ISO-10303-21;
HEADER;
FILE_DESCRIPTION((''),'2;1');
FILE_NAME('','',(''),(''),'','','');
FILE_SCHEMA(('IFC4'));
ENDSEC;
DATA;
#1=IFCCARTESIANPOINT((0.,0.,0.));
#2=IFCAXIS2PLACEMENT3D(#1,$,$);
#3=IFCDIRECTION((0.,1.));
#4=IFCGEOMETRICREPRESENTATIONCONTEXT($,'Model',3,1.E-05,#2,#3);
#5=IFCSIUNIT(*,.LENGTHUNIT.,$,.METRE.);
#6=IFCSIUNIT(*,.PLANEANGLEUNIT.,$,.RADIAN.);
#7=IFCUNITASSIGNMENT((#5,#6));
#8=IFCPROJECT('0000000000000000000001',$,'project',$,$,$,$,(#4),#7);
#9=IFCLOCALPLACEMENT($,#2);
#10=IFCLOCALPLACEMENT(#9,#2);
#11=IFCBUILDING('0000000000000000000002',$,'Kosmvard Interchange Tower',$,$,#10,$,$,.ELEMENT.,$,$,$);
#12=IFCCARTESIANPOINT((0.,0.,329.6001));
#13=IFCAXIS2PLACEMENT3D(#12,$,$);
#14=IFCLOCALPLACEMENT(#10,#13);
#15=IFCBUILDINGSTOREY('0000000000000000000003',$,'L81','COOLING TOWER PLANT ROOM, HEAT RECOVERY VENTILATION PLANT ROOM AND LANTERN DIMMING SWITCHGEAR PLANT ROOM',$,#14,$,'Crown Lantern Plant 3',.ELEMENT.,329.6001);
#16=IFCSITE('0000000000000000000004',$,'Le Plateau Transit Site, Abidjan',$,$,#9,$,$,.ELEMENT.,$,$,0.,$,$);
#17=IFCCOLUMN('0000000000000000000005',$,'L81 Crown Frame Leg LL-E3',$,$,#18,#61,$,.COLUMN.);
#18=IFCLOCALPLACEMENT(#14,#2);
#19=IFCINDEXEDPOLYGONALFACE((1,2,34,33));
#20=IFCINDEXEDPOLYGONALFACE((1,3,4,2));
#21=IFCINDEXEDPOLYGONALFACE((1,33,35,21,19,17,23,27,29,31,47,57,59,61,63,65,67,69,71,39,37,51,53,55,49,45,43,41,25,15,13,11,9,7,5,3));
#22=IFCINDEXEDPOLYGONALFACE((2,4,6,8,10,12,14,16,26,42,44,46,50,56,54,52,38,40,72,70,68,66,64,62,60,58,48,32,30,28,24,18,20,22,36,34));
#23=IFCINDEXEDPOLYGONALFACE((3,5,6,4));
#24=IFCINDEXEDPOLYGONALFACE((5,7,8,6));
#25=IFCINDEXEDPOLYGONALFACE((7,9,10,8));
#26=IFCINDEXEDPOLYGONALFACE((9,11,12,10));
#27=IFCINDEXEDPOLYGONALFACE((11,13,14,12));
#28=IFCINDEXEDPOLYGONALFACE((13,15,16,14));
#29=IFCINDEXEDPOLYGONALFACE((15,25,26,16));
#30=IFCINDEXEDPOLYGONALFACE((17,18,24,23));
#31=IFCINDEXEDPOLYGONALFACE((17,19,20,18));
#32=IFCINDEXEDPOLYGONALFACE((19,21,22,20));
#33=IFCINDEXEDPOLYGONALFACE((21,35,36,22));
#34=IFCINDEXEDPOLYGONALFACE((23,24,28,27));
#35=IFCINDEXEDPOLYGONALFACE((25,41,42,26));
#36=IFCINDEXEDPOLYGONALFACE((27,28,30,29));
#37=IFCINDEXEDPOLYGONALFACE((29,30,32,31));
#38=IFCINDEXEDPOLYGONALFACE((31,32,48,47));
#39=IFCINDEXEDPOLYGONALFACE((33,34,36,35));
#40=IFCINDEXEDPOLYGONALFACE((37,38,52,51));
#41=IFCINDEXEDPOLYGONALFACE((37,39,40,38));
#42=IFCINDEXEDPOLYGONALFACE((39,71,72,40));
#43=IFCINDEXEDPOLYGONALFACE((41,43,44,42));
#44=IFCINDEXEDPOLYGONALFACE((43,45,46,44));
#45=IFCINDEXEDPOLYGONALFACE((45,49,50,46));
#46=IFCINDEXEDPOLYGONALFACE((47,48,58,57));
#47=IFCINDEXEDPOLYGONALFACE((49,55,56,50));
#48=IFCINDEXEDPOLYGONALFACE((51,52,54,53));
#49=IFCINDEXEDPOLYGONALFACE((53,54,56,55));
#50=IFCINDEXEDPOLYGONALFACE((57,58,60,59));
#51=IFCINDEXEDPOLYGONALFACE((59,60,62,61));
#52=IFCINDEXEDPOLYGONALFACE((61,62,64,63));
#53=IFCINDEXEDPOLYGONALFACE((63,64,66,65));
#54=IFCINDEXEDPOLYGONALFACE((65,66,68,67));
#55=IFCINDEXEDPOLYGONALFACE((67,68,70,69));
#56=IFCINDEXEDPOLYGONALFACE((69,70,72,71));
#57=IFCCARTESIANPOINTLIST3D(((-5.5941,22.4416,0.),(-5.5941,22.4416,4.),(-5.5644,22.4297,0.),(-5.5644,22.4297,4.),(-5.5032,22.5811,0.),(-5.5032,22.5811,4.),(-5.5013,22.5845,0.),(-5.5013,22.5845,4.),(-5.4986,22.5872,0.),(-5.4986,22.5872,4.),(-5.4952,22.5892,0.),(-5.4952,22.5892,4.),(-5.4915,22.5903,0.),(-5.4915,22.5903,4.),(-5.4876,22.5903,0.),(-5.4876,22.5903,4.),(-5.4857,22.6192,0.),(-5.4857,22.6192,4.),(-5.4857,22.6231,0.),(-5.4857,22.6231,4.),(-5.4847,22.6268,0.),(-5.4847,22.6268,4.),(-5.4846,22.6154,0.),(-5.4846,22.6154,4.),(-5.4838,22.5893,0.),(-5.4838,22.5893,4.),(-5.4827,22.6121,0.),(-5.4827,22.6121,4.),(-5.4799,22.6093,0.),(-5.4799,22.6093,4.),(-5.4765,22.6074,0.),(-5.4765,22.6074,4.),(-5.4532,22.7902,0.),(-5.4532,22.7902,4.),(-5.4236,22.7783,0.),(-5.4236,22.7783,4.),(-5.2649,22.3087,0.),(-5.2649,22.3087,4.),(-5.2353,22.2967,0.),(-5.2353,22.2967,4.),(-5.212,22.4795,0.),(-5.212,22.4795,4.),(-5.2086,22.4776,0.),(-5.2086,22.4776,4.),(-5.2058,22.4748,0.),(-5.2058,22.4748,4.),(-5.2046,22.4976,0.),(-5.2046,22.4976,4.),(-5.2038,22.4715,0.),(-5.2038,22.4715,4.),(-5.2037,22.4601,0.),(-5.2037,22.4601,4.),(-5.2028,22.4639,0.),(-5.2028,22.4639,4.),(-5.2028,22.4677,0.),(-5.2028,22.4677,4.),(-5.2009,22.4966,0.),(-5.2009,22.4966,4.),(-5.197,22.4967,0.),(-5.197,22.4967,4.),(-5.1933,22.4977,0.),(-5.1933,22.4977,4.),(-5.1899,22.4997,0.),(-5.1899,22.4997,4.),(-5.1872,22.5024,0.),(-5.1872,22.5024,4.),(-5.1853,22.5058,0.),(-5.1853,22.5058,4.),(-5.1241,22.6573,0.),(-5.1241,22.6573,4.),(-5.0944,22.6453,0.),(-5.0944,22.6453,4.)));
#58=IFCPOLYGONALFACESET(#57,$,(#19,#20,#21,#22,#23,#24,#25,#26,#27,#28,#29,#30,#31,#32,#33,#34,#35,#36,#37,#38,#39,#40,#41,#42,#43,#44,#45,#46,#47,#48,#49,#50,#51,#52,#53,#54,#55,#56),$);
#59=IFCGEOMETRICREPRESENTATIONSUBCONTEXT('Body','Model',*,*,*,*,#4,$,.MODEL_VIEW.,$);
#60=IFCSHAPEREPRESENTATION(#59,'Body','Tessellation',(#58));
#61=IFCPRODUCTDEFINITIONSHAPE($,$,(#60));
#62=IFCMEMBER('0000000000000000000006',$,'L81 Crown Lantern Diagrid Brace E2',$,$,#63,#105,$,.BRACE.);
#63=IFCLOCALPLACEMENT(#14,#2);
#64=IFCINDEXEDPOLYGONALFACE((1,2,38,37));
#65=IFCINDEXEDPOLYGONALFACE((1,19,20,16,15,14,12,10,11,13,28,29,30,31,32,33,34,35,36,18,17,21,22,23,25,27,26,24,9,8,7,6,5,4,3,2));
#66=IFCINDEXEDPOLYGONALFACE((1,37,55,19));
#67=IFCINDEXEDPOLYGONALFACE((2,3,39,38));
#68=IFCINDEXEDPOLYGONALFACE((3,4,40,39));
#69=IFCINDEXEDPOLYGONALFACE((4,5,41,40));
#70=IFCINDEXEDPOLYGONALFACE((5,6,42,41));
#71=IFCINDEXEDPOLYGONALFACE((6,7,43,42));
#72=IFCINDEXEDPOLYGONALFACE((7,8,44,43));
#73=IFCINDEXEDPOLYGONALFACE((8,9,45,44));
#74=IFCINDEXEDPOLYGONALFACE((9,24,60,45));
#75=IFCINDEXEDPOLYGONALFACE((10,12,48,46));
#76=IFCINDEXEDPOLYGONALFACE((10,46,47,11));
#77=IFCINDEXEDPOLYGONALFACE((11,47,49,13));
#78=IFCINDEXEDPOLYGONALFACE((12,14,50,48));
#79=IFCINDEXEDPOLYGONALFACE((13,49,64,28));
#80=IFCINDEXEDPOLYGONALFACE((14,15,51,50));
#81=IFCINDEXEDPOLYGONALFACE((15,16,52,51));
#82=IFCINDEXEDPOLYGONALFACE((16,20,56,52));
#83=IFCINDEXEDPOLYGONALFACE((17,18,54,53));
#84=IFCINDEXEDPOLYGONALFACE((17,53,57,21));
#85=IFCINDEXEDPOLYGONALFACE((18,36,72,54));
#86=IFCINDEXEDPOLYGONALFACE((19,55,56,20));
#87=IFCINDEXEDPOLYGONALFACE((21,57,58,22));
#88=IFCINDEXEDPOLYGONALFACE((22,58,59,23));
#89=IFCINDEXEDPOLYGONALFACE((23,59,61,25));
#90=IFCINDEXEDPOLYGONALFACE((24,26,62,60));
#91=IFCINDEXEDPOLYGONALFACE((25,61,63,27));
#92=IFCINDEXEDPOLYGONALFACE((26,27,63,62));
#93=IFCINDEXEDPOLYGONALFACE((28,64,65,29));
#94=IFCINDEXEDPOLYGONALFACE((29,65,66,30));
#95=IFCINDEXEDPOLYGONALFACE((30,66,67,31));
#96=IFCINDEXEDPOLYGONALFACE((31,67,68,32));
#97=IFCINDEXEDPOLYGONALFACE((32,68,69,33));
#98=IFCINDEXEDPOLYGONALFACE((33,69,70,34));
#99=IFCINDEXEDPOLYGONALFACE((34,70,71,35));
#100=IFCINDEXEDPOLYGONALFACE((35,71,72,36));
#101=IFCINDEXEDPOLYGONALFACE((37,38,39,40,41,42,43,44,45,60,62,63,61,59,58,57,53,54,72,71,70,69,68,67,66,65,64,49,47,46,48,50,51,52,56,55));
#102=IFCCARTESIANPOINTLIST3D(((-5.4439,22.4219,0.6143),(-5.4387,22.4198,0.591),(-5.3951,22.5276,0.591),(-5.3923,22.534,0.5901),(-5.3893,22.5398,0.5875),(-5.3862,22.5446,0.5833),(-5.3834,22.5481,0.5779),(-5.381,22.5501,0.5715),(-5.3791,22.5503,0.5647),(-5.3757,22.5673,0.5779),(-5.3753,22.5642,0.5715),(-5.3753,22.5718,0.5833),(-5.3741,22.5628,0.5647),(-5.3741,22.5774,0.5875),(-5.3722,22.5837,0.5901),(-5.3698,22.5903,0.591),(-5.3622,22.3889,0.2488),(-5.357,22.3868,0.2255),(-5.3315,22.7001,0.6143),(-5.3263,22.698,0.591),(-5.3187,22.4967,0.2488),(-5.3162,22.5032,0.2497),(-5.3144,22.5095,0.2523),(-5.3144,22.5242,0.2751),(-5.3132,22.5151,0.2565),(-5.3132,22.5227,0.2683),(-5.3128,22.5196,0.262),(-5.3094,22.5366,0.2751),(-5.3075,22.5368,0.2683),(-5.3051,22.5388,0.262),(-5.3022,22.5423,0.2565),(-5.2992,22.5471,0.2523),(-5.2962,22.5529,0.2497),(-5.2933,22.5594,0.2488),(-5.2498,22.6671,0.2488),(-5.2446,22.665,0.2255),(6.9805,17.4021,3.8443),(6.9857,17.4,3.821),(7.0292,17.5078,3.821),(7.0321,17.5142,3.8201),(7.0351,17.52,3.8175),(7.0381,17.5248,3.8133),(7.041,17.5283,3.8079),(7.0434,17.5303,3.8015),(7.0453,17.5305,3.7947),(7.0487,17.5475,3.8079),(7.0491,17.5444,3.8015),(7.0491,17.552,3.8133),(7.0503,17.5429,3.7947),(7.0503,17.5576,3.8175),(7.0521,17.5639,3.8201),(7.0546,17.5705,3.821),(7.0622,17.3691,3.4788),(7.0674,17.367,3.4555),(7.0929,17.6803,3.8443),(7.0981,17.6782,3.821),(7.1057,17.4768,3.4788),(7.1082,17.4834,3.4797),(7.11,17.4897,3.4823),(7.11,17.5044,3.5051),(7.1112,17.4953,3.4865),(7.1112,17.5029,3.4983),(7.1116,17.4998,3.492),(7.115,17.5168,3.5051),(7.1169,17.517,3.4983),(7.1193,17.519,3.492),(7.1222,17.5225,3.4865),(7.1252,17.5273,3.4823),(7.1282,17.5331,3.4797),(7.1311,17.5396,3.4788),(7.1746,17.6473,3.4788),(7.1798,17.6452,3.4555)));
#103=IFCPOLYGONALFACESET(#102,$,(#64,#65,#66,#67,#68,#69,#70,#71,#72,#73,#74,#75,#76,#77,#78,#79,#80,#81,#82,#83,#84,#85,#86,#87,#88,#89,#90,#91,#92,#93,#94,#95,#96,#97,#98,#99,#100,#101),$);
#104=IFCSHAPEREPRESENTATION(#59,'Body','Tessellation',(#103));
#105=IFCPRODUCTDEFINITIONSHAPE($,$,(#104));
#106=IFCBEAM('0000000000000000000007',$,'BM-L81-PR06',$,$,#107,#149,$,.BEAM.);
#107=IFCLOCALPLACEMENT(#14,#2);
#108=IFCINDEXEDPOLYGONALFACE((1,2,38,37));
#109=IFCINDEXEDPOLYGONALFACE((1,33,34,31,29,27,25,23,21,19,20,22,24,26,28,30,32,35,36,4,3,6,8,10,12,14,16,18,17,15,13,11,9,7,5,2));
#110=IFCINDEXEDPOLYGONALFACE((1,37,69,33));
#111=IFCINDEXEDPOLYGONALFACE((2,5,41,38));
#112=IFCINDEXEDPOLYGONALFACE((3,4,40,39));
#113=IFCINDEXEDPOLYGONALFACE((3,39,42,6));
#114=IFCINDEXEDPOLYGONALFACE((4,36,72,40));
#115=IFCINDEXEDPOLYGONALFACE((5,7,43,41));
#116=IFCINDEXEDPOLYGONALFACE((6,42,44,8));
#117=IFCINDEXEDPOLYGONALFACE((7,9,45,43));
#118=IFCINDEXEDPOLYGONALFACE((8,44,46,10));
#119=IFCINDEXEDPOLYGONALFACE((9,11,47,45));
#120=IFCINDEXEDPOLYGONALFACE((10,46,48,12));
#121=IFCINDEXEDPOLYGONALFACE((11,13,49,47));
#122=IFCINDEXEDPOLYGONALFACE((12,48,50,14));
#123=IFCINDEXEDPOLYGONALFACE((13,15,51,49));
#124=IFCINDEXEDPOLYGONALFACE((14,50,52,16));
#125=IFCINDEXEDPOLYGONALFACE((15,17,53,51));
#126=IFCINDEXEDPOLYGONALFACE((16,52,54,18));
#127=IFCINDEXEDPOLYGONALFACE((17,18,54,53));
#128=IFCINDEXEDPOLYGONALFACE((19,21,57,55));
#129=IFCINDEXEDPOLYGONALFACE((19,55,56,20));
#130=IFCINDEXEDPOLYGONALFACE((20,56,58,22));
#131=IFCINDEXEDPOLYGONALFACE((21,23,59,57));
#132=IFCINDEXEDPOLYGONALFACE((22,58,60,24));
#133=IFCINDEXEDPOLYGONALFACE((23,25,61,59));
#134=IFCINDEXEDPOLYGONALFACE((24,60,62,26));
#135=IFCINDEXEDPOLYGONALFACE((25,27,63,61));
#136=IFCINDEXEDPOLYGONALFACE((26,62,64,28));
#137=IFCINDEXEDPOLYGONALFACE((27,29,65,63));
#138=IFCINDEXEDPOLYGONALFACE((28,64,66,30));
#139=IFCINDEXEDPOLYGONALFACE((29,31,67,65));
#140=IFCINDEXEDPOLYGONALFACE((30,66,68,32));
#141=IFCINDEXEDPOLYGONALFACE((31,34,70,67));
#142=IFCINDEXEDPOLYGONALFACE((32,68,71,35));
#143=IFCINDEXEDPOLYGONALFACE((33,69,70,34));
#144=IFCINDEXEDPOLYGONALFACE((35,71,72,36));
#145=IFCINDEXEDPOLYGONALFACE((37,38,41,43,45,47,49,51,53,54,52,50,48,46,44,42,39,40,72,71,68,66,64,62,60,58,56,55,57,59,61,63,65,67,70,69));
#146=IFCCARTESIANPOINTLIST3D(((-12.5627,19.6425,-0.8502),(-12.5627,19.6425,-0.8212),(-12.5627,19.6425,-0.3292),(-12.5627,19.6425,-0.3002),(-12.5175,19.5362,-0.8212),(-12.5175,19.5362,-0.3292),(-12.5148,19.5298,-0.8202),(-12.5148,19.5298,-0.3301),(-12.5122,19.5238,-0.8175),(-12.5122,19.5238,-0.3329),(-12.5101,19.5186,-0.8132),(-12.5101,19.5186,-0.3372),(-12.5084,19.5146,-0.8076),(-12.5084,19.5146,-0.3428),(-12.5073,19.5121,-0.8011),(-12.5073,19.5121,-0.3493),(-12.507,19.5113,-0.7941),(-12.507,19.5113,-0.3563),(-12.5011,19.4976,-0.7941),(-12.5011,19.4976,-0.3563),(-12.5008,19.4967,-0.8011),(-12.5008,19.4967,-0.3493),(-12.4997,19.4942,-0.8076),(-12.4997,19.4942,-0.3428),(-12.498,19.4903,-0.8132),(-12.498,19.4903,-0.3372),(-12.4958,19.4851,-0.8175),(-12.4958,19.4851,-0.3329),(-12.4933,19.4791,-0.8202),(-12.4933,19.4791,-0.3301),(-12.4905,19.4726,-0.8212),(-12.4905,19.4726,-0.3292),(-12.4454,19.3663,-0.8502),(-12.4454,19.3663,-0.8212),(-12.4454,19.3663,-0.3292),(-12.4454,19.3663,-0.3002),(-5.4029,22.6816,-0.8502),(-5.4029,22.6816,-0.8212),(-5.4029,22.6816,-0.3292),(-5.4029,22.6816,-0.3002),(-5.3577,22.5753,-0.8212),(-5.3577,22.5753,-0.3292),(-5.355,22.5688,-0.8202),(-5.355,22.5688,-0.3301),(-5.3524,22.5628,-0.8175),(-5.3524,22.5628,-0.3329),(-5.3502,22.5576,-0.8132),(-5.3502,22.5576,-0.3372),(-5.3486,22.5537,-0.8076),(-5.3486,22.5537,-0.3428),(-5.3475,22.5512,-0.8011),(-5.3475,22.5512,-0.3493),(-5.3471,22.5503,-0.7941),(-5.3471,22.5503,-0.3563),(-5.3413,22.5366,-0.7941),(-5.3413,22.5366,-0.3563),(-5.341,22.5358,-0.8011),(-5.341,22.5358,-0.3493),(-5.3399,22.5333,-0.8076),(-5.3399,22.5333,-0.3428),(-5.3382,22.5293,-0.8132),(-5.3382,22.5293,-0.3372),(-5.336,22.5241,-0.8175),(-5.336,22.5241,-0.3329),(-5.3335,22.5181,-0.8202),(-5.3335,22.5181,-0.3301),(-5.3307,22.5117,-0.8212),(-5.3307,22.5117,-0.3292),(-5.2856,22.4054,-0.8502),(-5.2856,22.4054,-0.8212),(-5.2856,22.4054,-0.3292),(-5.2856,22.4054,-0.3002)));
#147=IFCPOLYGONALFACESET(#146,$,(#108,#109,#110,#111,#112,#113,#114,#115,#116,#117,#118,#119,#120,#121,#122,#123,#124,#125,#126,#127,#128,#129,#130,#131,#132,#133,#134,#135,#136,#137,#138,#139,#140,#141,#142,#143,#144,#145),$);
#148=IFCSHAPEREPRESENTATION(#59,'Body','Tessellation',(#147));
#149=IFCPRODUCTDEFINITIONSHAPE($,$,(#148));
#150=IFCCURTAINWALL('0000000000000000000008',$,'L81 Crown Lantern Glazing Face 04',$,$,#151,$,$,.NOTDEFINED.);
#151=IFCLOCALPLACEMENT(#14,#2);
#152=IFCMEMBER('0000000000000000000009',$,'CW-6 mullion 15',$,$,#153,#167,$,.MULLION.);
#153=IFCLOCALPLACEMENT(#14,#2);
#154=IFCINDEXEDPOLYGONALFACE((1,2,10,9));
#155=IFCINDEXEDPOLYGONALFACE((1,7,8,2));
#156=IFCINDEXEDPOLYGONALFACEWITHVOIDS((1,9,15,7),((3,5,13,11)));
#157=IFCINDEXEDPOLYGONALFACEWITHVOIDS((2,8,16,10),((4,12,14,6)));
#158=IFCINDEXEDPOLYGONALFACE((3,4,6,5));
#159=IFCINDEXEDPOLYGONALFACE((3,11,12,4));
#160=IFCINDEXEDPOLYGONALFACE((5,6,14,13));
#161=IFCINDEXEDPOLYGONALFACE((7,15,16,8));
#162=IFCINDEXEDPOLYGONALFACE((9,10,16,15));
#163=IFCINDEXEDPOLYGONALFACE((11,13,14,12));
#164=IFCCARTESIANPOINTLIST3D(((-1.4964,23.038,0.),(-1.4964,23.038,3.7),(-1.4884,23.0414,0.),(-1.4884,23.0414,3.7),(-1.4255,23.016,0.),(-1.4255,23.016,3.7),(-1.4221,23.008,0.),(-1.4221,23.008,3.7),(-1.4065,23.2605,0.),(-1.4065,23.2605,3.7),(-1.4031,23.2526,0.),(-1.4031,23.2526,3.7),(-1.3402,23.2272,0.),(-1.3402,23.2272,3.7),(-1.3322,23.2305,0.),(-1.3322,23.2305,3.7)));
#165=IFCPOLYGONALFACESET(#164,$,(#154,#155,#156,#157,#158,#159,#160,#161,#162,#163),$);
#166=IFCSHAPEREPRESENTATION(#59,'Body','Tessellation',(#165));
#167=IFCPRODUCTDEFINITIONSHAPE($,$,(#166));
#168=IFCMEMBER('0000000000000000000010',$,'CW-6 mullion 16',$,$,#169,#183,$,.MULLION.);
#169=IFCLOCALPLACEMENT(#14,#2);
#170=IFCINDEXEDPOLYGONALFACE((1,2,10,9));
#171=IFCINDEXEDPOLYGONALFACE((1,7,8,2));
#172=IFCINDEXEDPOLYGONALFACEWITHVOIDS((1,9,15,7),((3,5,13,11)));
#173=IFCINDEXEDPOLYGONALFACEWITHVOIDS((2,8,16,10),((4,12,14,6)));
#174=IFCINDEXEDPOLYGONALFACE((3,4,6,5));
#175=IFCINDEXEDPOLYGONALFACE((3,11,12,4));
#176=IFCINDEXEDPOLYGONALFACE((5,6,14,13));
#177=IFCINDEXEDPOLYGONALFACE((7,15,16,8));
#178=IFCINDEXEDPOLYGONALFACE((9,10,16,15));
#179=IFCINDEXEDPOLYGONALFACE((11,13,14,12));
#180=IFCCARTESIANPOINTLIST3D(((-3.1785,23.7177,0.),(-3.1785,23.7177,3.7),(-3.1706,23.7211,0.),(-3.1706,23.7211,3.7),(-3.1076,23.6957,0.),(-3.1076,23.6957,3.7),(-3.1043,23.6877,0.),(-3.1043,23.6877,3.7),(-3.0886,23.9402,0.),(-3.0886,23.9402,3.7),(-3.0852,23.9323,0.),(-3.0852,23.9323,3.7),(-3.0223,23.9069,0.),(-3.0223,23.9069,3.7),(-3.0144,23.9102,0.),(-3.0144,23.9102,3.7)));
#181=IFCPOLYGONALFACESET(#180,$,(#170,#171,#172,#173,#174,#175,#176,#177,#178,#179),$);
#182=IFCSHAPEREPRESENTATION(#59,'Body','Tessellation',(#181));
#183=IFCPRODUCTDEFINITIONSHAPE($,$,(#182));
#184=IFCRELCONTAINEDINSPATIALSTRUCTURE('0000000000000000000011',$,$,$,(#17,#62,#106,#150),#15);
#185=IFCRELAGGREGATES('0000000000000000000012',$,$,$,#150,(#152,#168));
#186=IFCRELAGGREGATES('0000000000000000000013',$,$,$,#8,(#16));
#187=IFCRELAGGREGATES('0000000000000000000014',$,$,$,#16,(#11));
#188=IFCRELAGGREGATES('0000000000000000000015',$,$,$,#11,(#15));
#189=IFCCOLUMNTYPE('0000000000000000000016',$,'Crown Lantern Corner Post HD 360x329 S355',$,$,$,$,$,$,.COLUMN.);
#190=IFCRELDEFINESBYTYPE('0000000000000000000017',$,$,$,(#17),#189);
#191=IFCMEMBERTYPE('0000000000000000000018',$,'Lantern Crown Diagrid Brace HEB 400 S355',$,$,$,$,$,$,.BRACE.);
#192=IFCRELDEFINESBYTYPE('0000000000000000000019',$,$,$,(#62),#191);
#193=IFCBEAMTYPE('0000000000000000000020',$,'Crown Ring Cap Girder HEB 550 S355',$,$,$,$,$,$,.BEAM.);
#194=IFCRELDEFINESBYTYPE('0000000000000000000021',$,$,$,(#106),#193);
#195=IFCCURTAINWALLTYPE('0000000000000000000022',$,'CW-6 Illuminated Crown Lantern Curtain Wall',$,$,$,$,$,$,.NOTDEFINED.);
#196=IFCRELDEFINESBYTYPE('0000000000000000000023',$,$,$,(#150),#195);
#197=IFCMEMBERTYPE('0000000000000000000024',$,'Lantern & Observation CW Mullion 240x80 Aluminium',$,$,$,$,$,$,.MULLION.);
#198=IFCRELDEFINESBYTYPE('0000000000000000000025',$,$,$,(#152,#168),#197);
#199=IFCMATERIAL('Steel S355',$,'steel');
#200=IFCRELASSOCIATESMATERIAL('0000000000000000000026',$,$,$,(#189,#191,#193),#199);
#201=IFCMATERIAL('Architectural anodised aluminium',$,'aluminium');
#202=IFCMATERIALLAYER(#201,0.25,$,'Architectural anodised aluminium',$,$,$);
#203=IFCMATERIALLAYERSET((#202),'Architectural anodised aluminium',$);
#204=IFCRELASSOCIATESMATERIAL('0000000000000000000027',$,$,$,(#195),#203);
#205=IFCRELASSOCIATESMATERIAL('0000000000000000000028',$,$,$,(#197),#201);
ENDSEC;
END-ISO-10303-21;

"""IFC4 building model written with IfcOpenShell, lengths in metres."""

from ifc_helpers import new_model, si_unit, direction, frame, origin, origin_2d, place, context, subcontext, project, spatial, hollow_rectangle, i_section, extrude, source, transform, mapped, material, layer, layer_set, material_profile, profile_set, type_object, element, aggregate, save


model = new_model("IFC4")

# Units and contexts
model_context = context("Model", 3, precision=1e-05, world=origin(), true_north=direction((0.0, 1.0)))
body_context = subcontext(model_context, "Body", "Model", "MODEL_VIEW")
ifc_project = project(units=[si_unit("LENGTHUNIT", "METRE"), si_unit("PLANEANGLEUNIT", "RADIAN")], contexts=[model_context])

# Site, building, storey
site_placement = place(None, origin())
site = spatial("IfcSite", under=ifc_project, at=site_placement, Name="Le Plateau Transit Site, Abidjan", CompositionType="ELEMENT", RefElevation=0.0)
building_placement = place(site_placement, origin())
building = spatial("IfcBuilding", under=site, at=building_placement, Name="Kosmvard Interchange Tower", CompositionType="ELEMENT")
storey_placement = place(building_placement, frame((0.0, 0.0, 329.6001)))
storey = spatial("IfcBuildingStorey", under=building, at=storey_placement, Name="L81", Description="COOLING TOWER PLANT ROOM, HEAT RECOVERY VENTILATION PLANT ROOM AND LANTERN DIMMING SWITCHGEAR PLANT ROOM", LongName="Crown Lantern Plant 3", CompositionType="ELEMENT", Elevation=329.6001)

# Column
ifc_material_1 = material(Name="Steel S355", Category="steel")
ifc_material_profile_1 = material_profile(ifc_material_1, i_section(OverallWidth=0.376, OverallDepth=0.387, WebThickness=0.0195, FlangeThickness=0.032, FilletRadius=0.0149, at=origin_2d()), Name="HD 360x329")
ifc_profile_set_1 = profile_set([ifc_material_profile_1], Name="Steel S355")
column_type = type_object("IfcColumnType", Name="Crown Lantern Corner Post HD 360x329 S355", PredefinedType="COLUMN", material=ifc_profile_set_1)
shared_shape_1 = source(origin(), body_context, "Body", "SweptSolid", [
    extrude(i_section(OverallWidth=0.376, OverallDepth=0.387, WebThickness=0.0195, FlangeThickness=0.032, FilletRadius=0.0149, at=origin_2d()), origin(), (0.0, 0.0, 1.0), 4.0),
])
column_placement = place(storey_placement, frame((-5.3442, 22.5435, 0.0), z_axis=(0.0, 0.0, 1.0), x_axis=(0.374607, 0.927184, 0.0)))
element("IfcColumn", 1, at=column_placement, inside=storey, type_object=column_type, Name="L81 Crown Frame Leg LL-E3", PredefinedType="COLUMN", context=body_context, shape_type="MappedRepresentation", body=[
    mapped(shared_shape_1, transform((0.0, 0.0, 0.0), scale=1.0)),
])

# Member
ifc_material_profile_2 = material_profile(ifc_material_1, i_section(OverallWidth=0.3, OverallDepth=0.3999, WebThickness=0.0134, FlangeThickness=0.0239, FilletRadius=0.0271, at=origin_2d()), Name="HEB 400")
ifc_profile_set_2 = profile_set([ifc_material_profile_2], Name="Steel S355")
member_type_1 = type_object("IfcMemberType", Name="Lantern Crown Diagrid Brace HEB 400 S355", PredefinedType="BRACE", material=ifc_profile_set_2)
shared_shape_2 = source(origin(), body_context, "Body", "SweptSolid", [
    extrude(i_section(OverallWidth=0.3, OverallDepth=0.3999, WebThickness=0.0134, FlangeThickness=0.0239, FilletRadius=0.0271, at=origin_2d()), origin(), (0.0, 0.0, 1.0), 13.7839),
])
member_1_placement = place(storey_placement, frame((-5.3442, 22.5435, 0.4199), z_axis=(0.901368, -0.364178, 0.234331), x_axis=(0.374608, 0.927183, 0.0)))
element("IfcMember", 2, at=member_1_placement, inside=storey, type_object=member_type_1, Name="L81 Crown Lantern Diagrid Brace E2", PredefinedType="BRACE", context=body_context, shape_type="MappedRepresentation", body=[
    mapped(shared_shape_2, transform((0.0, 0.0, 0.0), scale=1.0)),
])

# Beam
ifc_material_profile_3 = material_profile(ifc_material_1, i_section(OverallWidth=0.3, OverallDepth=0.55, WebThickness=0.0149, FlangeThickness=0.0291, FilletRadius=0.0271, at=origin_2d()), Name="HEB 550")
ifc_profile_set_3 = profile_set([ifc_material_profile_3], Name="Steel S355")
beam_type = type_object("IfcBeamType", Name="Crown Ring Cap Girder HEB 550 S355", PredefinedType="BEAM", material=ifc_profile_set_3)
shared_shape_3 = source(origin(), body_context, "Body", "SweptSolid", [
    extrude(i_section(OverallWidth=0.3, OverallDepth=0.55, WebThickness=0.0149, FlangeThickness=0.0291, FilletRadius=0.0271, at=origin_2d()), origin(), (0.0, 0.0, 1.0), 7.7781),
])
beam_placement = place(storey_placement, frame((-5.3442, 22.5435, -0.5752), z_axis=(-0.920511, -0.390716, 0.0), x_axis=(0.390716, -0.920511, 0.0)))
element("IfcBeam", 3, at=beam_placement, inside=storey, type_object=beam_type, Name="BM-L81-PR06", PredefinedType="BEAM", context=body_context, shape_type="MappedRepresentation", body=[
    mapped(shared_shape_3, transform((0.0, 0.0, 0.0), scale=1.0)),
])

# Curtain wall, members
ifc_material_2 = material(Name="Architectural anodised aluminium", Category="aluminium")
ifc_layer_1 = layer(ifc_material_2, 0.25, Name="Architectural anodised aluminium")
ifc_layer_set_1 = layer_set([ifc_layer_1], Name="Architectural anodised aluminium")
curtain_wall_type = type_object("IfcCurtainWallType", Name="CW-6 Illuminated Crown Lantern Curtain Wall", PredefinedType="NOTDEFINED", material=ifc_layer_set_1)
curtain_wall_placement = place(storey_placement, origin())
curtain_wall = element("IfcCurtainWall", 4, at=curtain_wall_placement, inside=storey, type_object=curtain_wall_type, Name="L81 Crown Lantern Glazing Face 04", PredefinedType="NOTDEFINED")
ifc_material_profile_4 = material_profile(ifc_material_2, hollow_rectangle(XDim=0.24, YDim=0.0801, WallThickness=0.0061, at=origin_2d()), Name="CWM 240x80x6")
ifc_profile_set_4 = profile_set([ifc_material_profile_4], Name="Architectural anodised aluminium")
member_type_2 = type_object("IfcMemberType", Name="Lantern & Observation CW Mullion 240x80 Aluminium", PredefinedType="MULLION", material=ifc_profile_set_4)
shared_shape_4 = source(origin(), body_context, "Body", "SweptSolid", [
    extrude(hollow_rectangle(XDim=0.24, YDim=0.0801, WallThickness=0.0061, at=origin_2d()), origin(), (0.0, 0.0, 1.0), 3.7),
])
member_2_placement = place(storey_placement, frame((-1.4143, 23.1343, 0.0), z_axis=(0.0, 0.0, 1.0), x_axis=(-0.374607, -0.927184, 0.0)))
member_2 = element("IfcMember", 5, at=member_2_placement, type_object=member_type_2, Name="CW-6 mullion 15", PredefinedType="MULLION", context=body_context, shape_type="MappedRepresentation", body=[
    mapped(shared_shape_4, transform((0.0, 0.0, 0.0), scale=1.0)),
])
member_3_placement = place(storey_placement, frame((-3.0964, 23.814, 0.0), z_axis=(0.0, 0.0, 1.0), x_axis=(-0.374607, -0.927184, 0.0)))
member_3 = element("IfcMember", 6, at=member_3_placement, type_object=member_type_2, Name="CW-6 mullion 16", PredefinedType="MULLION", context=body_context, shape_type="MappedRepresentation", body=[
    mapped(shared_shape_4, transform((0.0, 0.0, 0.0), scale=1.0)),
])

aggregate(curtain_wall, [member_2, member_3])

save(model, "model.ifc")
